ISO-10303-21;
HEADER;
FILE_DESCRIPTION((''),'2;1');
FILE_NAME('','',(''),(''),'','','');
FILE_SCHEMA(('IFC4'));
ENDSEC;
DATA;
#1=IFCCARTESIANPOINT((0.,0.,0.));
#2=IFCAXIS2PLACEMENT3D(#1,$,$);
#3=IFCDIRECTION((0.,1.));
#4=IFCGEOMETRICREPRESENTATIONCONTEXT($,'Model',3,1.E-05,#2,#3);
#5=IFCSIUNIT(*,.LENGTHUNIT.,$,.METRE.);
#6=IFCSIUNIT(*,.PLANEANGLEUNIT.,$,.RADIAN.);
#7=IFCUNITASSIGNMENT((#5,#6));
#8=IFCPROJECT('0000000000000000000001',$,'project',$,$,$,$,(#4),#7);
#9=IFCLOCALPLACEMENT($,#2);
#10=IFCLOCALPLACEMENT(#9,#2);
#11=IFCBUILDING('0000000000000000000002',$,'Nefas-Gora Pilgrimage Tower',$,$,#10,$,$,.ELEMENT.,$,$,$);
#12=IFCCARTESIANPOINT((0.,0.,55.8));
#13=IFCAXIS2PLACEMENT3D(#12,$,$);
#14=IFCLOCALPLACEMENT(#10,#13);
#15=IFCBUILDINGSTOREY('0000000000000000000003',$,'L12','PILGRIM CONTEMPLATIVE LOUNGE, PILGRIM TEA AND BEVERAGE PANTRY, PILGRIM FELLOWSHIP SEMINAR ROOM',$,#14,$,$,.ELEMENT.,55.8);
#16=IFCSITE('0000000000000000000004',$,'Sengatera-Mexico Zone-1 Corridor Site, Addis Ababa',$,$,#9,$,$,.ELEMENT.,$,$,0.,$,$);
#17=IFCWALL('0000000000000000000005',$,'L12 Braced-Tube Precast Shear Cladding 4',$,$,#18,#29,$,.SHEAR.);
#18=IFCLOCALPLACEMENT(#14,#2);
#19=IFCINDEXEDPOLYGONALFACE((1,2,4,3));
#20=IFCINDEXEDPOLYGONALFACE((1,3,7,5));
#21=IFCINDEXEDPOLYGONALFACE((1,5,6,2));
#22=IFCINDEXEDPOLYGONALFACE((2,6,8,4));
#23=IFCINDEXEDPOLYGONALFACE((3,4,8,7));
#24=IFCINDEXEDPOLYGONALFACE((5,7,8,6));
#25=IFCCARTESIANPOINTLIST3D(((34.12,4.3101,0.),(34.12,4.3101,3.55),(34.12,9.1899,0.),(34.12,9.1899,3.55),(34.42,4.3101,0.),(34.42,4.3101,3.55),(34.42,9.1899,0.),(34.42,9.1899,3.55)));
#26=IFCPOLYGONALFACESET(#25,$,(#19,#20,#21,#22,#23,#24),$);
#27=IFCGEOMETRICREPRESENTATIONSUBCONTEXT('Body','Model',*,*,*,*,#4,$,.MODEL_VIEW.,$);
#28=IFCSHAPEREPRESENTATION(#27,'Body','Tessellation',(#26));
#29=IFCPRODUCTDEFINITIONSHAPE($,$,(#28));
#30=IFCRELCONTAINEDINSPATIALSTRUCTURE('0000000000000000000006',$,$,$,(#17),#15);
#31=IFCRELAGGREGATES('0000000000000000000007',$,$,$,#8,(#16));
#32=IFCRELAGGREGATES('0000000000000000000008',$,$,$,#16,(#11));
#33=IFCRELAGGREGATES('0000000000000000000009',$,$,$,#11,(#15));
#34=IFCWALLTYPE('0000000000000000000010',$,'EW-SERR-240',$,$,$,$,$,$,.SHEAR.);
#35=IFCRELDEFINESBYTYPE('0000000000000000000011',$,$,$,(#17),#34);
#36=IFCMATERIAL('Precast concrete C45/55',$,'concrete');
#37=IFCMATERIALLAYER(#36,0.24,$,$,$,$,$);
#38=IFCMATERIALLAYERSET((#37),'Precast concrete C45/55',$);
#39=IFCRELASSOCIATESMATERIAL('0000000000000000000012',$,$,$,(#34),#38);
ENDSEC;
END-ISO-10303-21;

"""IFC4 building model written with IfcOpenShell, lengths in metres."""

from ifc_helpers import new_model, si_unit, direction, frame, frame_2d, origin, place, context, subcontext, project, spatial, rectangle, extrude, source, transform, mapped, material, layer, layer_set, type_object, element, save


model = new_model("IFC4")

# Units and contexts
model_context = context("Model", 3, precision=1e-05, world=origin(), true_north=direction((0.0, 1.0)))
body_context = subcontext(model_context, "Body", "Model", "MODEL_VIEW")
ifc_project = project(units=[si_unit("LENGTHUNIT", "METRE"), si_unit("PLANEANGLEUNIT", "RADIAN")], contexts=[model_context])

# Site, building, storey
site_placement = place(None, origin())
site = spatial("IfcSite", under=ifc_project, at=site_placement, Name="Sengatera-Mexico Zone-1 Corridor Site, Addis Ababa", CompositionType="ELEMENT", RefElevation=0.0)
building_placement = place(site_placement, origin())
building = spatial("IfcBuilding", under=site, at=building_placement, Name="Nefas-Gora Pilgrimage Tower", CompositionType="ELEMENT")
storey_placement = place(building_placement, frame((0.0, 0.0, 55.8)))
storey = spatial("IfcBuildingStorey", under=building, at=storey_placement, Name="L12", Description="PILGRIM CONTEMPLATIVE LOUNGE, PILGRIM TEA AND BEVERAGE PANTRY, PILGRIM FELLOWSHIP SEMINAR ROOM", CompositionType="ELEMENT", Elevation=55.8)

# Wall
ifc_material_1 = material(Name="Precast concrete C45/55", Category="concrete")
ifc_layer_1 = layer(ifc_material_1, 0.24)
ifc_layer_set_1 = layer_set([ifc_layer_1], Name="Precast concrete C45/55")
wall_type = type_object("IfcWallType", Name="EW-SERR-240", PredefinedType="SHEAR", material=ifc_layer_set_1)
shared_shape_1 = source(origin(), body_context, "Body", "SweptSolid", [
    extrude(rectangle(XDim=4.8799, YDim=0.3, at=frame_2d((2.4399, 0.0))), origin(), (0.0, 0.0, 1.0), 3.55),
])
wall_placement = place(storey_placement, frame((34.27, 4.3101, 0.0), z_axis=(0.0, 0.0, 1.0), x_axis=(0.0, 1.0, 0.0)))
element("IfcWall", 1, at=wall_placement, inside=storey, type_object=wall_type, Name="L12 Braced-Tube Precast Shear Cladding 4", PredefinedType="SHEAR", context=body_context, shape_type="MappedRepresentation", body=[
    mapped(shared_shape_1, transform((0.0, 0.0, 0.0), x_axis=(1.0, 0.0, 0.0), y_axis=(0.0, 1.0, 0.0), z_axis=(0.0, 0.0, 1.0), scale=1.0)),
])

save(model, "model.ifc")
